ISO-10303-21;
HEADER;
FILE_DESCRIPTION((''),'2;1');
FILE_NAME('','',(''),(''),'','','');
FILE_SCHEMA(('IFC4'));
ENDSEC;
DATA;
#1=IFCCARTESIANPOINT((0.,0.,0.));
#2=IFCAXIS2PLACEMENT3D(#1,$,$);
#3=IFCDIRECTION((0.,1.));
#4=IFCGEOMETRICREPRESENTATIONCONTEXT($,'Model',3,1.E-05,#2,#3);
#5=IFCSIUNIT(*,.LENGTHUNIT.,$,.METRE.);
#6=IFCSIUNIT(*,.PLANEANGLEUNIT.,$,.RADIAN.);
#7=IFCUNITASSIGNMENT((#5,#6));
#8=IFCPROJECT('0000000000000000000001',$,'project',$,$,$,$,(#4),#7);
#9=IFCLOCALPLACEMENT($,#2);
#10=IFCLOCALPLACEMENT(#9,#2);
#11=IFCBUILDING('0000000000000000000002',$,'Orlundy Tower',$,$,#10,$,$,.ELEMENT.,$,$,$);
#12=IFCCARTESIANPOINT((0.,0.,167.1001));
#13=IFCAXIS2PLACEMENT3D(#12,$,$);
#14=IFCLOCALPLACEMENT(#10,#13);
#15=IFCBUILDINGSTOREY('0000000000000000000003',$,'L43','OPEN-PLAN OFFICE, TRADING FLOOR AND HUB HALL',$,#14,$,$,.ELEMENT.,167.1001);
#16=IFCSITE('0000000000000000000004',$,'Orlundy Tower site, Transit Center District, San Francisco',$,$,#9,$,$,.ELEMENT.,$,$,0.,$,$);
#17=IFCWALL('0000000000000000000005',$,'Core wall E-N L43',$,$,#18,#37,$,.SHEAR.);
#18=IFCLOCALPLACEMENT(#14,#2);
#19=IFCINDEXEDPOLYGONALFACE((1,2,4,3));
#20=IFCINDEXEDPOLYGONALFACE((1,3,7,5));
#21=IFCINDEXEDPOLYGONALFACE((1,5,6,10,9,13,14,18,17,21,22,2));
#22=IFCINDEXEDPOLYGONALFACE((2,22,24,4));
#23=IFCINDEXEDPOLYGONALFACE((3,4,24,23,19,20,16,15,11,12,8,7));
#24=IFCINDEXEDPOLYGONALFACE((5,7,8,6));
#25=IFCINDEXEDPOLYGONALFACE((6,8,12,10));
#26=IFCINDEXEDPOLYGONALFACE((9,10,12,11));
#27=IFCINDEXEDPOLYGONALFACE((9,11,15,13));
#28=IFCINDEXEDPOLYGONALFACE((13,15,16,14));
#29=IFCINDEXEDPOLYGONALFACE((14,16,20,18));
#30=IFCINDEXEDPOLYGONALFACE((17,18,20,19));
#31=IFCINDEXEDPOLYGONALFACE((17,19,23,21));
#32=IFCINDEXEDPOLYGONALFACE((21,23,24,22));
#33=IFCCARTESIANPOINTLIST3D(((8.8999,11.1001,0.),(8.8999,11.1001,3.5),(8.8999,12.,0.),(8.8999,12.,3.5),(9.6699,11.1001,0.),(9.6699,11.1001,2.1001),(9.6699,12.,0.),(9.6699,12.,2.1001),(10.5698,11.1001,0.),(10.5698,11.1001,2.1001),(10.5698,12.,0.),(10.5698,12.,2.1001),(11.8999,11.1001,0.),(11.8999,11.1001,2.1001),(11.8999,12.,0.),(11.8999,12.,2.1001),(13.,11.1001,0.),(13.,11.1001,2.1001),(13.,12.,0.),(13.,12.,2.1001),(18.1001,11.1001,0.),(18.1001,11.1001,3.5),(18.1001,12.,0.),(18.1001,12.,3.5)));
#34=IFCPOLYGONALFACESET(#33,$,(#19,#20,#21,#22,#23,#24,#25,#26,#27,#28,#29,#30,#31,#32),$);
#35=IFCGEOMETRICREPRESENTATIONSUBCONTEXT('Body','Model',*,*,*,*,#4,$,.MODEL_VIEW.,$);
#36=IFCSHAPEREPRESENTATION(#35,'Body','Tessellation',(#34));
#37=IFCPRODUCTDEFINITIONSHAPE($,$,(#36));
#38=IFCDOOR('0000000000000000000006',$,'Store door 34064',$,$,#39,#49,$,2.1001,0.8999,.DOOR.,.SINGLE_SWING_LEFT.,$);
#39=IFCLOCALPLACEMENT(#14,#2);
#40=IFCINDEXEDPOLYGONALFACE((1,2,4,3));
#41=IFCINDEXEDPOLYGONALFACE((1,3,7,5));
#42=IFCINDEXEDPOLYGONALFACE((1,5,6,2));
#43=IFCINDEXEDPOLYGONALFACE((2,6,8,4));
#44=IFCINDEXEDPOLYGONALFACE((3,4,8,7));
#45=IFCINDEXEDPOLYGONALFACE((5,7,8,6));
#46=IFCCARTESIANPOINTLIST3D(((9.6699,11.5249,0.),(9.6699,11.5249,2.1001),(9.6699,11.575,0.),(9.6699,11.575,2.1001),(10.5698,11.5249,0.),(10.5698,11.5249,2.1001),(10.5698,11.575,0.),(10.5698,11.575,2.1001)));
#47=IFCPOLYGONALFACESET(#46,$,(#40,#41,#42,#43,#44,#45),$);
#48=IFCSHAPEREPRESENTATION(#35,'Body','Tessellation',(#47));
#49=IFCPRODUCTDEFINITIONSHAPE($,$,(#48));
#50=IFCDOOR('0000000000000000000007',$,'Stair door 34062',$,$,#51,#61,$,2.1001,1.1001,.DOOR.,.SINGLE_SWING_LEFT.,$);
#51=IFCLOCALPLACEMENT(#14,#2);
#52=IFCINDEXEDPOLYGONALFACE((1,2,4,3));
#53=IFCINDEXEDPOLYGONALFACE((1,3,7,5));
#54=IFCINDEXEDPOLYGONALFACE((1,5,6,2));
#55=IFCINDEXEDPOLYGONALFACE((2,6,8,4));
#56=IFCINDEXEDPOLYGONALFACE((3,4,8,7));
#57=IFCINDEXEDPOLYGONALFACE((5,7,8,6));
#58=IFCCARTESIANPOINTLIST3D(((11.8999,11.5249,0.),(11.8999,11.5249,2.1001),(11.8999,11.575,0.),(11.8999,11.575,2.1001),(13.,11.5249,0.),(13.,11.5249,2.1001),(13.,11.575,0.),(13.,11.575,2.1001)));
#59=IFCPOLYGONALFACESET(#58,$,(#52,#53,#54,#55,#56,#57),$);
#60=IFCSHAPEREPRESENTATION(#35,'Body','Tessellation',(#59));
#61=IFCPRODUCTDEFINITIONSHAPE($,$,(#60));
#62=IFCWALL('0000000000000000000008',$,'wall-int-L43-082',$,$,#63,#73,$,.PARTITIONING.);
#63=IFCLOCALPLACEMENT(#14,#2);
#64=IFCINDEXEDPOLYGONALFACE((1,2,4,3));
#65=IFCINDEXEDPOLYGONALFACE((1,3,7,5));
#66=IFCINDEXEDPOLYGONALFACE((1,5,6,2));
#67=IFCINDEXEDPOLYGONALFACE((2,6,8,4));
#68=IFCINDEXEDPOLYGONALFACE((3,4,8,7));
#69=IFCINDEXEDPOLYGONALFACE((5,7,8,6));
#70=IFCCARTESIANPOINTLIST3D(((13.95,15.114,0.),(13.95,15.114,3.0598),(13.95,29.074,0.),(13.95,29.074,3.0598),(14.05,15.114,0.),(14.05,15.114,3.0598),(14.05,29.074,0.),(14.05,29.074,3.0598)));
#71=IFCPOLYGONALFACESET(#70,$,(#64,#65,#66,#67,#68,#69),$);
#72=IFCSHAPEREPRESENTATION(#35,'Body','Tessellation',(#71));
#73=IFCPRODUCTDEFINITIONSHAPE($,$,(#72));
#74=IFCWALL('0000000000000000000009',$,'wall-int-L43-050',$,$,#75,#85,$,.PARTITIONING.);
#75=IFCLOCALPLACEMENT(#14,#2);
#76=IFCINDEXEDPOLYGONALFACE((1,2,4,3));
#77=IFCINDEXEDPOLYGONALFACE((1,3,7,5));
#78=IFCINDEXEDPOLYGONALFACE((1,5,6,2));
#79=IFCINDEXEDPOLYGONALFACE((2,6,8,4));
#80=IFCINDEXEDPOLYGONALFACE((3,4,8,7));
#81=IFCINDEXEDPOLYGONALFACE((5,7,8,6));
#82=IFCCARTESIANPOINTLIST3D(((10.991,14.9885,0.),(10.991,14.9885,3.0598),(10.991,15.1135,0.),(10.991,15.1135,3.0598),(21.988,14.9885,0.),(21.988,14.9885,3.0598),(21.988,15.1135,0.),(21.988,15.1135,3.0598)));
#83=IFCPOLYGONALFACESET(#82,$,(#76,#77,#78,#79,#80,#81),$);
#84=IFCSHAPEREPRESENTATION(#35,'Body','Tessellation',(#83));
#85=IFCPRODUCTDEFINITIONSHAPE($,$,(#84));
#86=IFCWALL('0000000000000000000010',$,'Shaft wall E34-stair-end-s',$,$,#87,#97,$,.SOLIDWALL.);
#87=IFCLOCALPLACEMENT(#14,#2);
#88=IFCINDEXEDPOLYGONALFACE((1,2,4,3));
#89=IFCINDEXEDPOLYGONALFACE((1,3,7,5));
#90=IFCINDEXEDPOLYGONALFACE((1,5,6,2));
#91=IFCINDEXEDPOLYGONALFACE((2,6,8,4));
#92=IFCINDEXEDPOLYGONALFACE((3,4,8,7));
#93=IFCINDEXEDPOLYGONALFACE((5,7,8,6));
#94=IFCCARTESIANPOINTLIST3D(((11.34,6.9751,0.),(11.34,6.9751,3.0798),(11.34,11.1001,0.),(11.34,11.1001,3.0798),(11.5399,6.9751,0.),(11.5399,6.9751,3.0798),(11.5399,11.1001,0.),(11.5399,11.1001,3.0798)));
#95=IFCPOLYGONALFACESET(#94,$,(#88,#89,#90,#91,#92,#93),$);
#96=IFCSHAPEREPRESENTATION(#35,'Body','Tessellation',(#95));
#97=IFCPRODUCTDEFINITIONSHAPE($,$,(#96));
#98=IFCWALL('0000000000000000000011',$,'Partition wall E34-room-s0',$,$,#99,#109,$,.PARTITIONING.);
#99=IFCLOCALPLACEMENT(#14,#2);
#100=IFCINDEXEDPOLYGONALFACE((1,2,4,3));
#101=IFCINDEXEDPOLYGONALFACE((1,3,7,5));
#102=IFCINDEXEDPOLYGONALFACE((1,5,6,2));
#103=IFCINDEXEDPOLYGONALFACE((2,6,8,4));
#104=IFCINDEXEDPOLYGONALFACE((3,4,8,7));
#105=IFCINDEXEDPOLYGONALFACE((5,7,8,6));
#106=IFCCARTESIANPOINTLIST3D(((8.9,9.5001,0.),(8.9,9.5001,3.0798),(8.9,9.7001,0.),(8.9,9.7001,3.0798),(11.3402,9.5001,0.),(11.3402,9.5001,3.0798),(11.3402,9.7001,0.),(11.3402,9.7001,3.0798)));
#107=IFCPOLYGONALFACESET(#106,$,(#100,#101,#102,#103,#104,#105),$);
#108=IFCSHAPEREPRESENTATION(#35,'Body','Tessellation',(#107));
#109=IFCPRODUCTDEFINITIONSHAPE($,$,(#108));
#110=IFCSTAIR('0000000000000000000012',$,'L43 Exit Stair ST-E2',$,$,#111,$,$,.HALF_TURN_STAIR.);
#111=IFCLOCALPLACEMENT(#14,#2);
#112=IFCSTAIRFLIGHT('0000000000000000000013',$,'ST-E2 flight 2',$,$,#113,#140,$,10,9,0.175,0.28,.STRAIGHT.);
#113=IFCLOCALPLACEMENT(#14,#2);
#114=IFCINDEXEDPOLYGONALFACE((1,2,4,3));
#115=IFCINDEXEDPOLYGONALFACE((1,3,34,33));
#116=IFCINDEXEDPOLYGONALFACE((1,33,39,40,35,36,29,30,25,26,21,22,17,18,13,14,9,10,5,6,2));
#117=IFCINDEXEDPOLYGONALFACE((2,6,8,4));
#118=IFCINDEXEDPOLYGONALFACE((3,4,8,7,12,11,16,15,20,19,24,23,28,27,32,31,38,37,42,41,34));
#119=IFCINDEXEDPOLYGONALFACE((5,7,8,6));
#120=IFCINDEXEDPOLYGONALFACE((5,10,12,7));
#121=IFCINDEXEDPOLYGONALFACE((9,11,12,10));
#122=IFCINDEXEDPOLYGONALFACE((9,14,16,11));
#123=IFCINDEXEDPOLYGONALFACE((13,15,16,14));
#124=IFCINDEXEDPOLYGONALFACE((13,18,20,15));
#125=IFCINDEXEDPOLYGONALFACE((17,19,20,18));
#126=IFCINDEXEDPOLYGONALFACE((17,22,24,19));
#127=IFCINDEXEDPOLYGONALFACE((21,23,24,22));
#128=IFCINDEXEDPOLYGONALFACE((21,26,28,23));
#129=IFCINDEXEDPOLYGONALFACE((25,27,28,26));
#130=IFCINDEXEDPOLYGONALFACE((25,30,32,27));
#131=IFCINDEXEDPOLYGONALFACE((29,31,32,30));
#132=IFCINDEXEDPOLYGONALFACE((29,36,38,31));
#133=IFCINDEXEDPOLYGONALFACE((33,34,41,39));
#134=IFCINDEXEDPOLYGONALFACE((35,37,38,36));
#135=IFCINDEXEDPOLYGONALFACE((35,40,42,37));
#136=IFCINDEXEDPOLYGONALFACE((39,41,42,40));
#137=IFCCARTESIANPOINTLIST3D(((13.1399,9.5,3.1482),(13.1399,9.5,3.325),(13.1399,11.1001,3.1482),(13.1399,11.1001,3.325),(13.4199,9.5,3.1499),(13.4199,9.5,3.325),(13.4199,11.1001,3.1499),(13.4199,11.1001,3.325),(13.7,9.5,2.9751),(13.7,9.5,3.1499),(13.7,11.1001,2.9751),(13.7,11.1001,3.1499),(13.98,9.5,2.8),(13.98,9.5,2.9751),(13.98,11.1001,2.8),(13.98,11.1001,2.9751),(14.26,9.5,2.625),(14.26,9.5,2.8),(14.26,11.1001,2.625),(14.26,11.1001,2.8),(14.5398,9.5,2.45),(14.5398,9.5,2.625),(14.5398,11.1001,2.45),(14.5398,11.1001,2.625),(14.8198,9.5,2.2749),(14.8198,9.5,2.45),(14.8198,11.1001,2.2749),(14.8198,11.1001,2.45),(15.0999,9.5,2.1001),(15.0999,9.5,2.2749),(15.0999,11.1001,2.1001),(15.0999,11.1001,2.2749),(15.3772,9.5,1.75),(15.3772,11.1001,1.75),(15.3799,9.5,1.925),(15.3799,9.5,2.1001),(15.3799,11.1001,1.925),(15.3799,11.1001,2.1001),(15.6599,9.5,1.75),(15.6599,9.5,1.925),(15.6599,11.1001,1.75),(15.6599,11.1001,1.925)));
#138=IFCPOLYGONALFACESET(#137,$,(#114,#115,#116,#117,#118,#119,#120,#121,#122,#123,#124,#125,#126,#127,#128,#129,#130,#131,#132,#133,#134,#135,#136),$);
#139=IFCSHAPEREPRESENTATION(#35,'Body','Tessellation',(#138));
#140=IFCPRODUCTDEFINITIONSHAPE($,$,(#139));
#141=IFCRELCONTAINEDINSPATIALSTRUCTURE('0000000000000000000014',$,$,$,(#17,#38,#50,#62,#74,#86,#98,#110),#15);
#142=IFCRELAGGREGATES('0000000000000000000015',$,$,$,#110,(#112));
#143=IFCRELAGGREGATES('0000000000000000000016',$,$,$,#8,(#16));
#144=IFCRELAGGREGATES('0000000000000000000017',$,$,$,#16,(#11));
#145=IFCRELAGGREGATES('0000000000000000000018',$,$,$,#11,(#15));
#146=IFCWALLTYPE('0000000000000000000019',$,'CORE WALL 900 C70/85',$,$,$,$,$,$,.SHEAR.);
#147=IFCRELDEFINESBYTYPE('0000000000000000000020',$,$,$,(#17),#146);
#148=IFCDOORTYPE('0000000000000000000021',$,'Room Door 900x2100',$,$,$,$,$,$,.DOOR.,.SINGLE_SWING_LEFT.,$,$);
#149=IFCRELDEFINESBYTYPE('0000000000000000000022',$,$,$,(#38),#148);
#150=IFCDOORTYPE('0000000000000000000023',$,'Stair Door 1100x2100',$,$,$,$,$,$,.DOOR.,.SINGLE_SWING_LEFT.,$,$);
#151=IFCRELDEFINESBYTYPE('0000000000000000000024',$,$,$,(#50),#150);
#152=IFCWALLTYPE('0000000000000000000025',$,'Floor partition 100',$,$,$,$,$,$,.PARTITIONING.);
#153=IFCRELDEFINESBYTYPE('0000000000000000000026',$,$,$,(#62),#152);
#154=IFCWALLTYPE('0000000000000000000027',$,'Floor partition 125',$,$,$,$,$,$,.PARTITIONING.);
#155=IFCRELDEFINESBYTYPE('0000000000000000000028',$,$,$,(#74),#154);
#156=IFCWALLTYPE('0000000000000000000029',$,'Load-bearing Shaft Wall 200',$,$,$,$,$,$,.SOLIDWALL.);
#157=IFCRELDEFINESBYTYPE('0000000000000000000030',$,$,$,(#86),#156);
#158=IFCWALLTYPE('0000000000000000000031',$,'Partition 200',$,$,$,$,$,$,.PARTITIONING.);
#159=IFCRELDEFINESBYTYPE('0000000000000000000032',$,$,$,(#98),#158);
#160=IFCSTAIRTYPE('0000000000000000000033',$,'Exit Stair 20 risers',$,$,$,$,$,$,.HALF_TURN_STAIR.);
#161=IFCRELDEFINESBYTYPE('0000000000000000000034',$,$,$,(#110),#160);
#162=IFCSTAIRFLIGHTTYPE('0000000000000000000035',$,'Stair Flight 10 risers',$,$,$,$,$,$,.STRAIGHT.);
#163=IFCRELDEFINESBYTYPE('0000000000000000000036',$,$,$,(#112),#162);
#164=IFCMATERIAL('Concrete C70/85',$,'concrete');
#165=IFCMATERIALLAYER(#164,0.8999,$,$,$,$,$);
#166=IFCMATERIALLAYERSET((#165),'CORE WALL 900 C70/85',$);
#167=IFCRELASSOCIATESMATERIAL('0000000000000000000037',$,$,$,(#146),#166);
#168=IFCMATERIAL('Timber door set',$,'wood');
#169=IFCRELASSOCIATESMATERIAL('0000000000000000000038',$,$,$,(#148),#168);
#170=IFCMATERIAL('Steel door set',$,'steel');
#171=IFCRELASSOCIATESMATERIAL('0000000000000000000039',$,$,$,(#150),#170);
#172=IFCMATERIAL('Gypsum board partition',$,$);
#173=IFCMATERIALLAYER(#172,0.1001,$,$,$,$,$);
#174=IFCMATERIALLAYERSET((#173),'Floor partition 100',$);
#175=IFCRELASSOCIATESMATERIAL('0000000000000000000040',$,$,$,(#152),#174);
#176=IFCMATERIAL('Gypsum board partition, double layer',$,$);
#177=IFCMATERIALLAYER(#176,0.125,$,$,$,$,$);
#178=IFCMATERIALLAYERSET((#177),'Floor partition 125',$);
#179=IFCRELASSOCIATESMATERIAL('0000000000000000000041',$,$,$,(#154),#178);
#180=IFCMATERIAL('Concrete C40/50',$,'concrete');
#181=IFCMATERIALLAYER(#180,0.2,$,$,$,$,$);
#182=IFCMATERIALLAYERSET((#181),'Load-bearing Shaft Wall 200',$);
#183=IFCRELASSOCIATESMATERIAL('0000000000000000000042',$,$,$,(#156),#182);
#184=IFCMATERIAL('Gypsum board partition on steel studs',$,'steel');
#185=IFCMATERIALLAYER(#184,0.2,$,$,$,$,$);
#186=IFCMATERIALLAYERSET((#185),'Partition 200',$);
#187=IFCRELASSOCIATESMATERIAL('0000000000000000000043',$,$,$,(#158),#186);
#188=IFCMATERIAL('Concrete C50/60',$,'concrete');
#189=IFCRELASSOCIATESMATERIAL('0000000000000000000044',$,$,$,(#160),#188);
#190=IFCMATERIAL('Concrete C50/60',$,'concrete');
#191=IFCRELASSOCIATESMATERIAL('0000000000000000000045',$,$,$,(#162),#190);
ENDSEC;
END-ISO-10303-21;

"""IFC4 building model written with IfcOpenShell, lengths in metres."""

from ifc_helpers import new_model, si_unit, direction, frame, frame_2d, origin, place, context, subcontext, project, spatial, polyline, rectangle, outline, extrude, material, layer, layer_set, type_object, element, fill, aggregate, save


model = new_model("IFC4")

# Units and contexts
model_context = context("Model", 3, precision=1e-05, world=origin(), true_north=direction((0.0, 1.0)))
body_context = subcontext(model_context, "Body", "Model", "MODEL_VIEW")
ifc_project = project(units=[si_unit("LENGTHUNIT", "METRE"), si_unit("PLANEANGLEUNIT", "RADIAN")], contexts=[model_context])

# Site, building, storey
site_placement = place(None, origin())
site = spatial("IfcSite", under=ifc_project, at=site_placement, Name="Orlundy Tower site, Transit Center District, San Francisco", CompositionType="ELEMENT", RefElevation=0.0)
building_placement = place(site_placement, origin())
building = spatial("IfcBuilding", under=site, at=building_placement, Name="Orlundy Tower", CompositionType="ELEMENT")
storey_placement = place(building_placement, frame((0.0, 0.0, 167.1001)))
storey = spatial("IfcBuildingStorey", under=building, at=storey_placement, Name="L43", Description="OPEN-PLAN OFFICE, TRADING FLOOR AND HUB HALL", CompositionType="ELEMENT", Elevation=167.1001)

# Wall, openings, doors
ifc_material_1 = material(Name="Concrete C70/85", Category="concrete")
ifc_layer_1 = layer(ifc_material_1, 0.8999)
ifc_layer_set_1 = layer_set([ifc_layer_1], Name="CORE WALL 900 C70/85")
wall_type_1 = type_object("IfcWallType", Name="CORE WALL 900 C70/85", PredefinedType="SHEAR", material=ifc_layer_set_1)
wall_1_placement = place(storey_placement, frame((8.8999, 11.55, 0.0), z_axis=(0.0, 0.0, 1.0), x_axis=(1.0, 0.0, 0.0)))
wall_1 = element("IfcWall", 1, at=wall_1_placement, inside=storey, type_object=wall_type_1, Name="Core wall E-N L43", PredefinedType="SHEAR", context=body_context, shape_type="SweptSolid", body=[
    extrude(rectangle(XDim=9.2002, YDim=0.8999, at=frame_2d((4.6001, 0.0))), origin(), (0.0, 0.0, 1.0), 3.5),
])
opening_1_placement = place(wall_1_placement, frame((3.0, 0.0, 0.0)))
opening_1 = element("IfcOpeningElement", 2, at=opening_1_placement, cuts=wall_1, PredefinedType="OPENING", context=body_context, shape_type="SweptSolid", body=[
    extrude(rectangle(XDim=1.1001, YDim=2.1001, at=frame_2d((0.55, 1.05))), frame((0.0, 0.46, 0.0), z_axis=(0.0, -1.0, 0.0), x_axis=(1.0, 0.0, 0.0)), (0.0, 0.0, 1.0), 0.9199),
])
opening_2_placement = place(wall_1_placement, frame((0.77, 0.0, 0.0)))
opening_2 = element("IfcOpeningElement", 3, at=opening_2_placement, cuts=wall_1, PredefinedType="OPENING", context=body_context, shape_type="SweptSolid", body=[
    extrude(rectangle(XDim=0.8999, YDim=2.1001, at=frame_2d((0.45, 1.05))), frame((0.0, 0.46, 0.0), z_axis=(0.0, -1.0, 0.0), x_axis=(1.0, 0.0, 0.0)), (0.0, 0.0, 1.0), 0.9199),
])
ifc_material_2 = material(Name="Timber door set", Category="wood")
door_type_1 = type_object("IfcDoorType", Name="Room Door 900x2100", OperationType="SINGLE_SWING_LEFT", PredefinedType="DOOR", material=ifc_material_2)
door_1_placement = place(opening_2_placement, origin())
door_1 = element("IfcDoor", 4, at=door_1_placement, inside=storey, type_object=door_type_1, Name="Store door 34064", OperationType="SINGLE_SWING_LEFT", OverallHeight=2.1001, OverallWidth=0.8999, PredefinedType="DOOR", context=body_context, shape_type="SweptSolid", body=[
    extrude(rectangle(XDim=0.8999, YDim=2.1001, at=frame_2d((0.45, 1.05))), frame((0.0, 0.0249, 0.0), z_axis=(0.0, -1.0, 0.0), x_axis=(1.0, 0.0, 0.0)), (0.0, 0.0, 1.0), 0.05),
])
fill(opening_2, door_1)
ifc_material_3 = material(Name="Steel door set", Category="steel")
door_type_2 = type_object("IfcDoorType", Name="Stair Door 1100x2100", OperationType="SINGLE_SWING_LEFT", PredefinedType="DOOR", material=ifc_material_3)
door_2_placement = place(opening_1_placement, origin())
door_2 = element("IfcDoor", 5, at=door_2_placement, inside=storey, type_object=door_type_2, Name="Stair door 34062", OperationType="SINGLE_SWING_LEFT", OverallHeight=2.1001, OverallWidth=1.1001, PredefinedType="DOOR", context=body_context, shape_type="SweptSolid", body=[
    extrude(rectangle(XDim=1.1001, YDim=2.1001, at=frame_2d((0.55, 1.05))), frame((0.0, 0.0249, 0.0), z_axis=(0.0, -1.0, 0.0), x_axis=(1.0, 0.0, 0.0)), (0.0, 0.0, 1.0), 0.05),
])
fill(opening_1, door_2)

# Walls
ifc_material_4 = material(Name="Gypsum board partition")
ifc_layer_2 = layer(ifc_material_4, 0.1001)
ifc_layer_set_2 = layer_set([ifc_layer_2], Name="Floor partition 100")
wall_type_2 = type_object("IfcWallType", Name="Floor partition 100", PredefinedType="PARTITIONING", material=ifc_layer_set_2)
wall_2_placement = place(storey_placement, frame((14.0, 15.114, 0.0), z_axis=(0.0, 0.0, 1.0), x_axis=(0.0, 1.0, 0.0)))
element("IfcWall", 6, at=wall_2_placement, inside=storey, type_object=wall_type_2, Name="wall-int-L43-082", PredefinedType="PARTITIONING", context=body_context, shape_type="SweptSolid", body=[
    extrude(rectangle(XDim=13.96, YDim=0.1001, at=frame_2d((6.98, 0.0))), origin(), (0.0, 0.0, 1.0), 3.0598),
])
ifc_material_5 = material(Name="Gypsum board partition, double layer")
ifc_layer_3 = layer(ifc_material_5, 0.125)
ifc_layer_set_3 = layer_set([ifc_layer_3], Name="Floor partition 125")
wall_type_3 = type_object("IfcWallType", Name="Floor partition 125", PredefinedType="PARTITIONING", material=ifc_layer_set_3)
wall_3_placement = place(storey_placement, frame((10.991, 15.051, 0.0), z_axis=(0.0, 0.0, 1.0), x_axis=(1.0, 0.0, 0.0)))
element("IfcWall", 7, at=wall_3_placement, inside=storey, type_object=wall_type_3, Name="wall-int-L43-050", PredefinedType="PARTITIONING", context=body_context, shape_type="SweptSolid", body=[
    extrude(rectangle(XDim=10.9971, YDim=0.125, at=frame_2d((5.4985, 0.0))), origin(), (0.0, 0.0, 1.0), 3.0598),
])
ifc_material_6 = material(Name="Concrete C40/50", Category="concrete")
ifc_layer_4 = layer(ifc_material_6, 0.2)
ifc_layer_set_4 = layer_set([ifc_layer_4], Name="Load-bearing Shaft Wall 200")
wall_type_4 = type_object("IfcWallType", Name="Load-bearing Shaft Wall 200", PredefinedType="SOLIDWALL", material=ifc_layer_set_4)
wall_4_placement = place(storey_placement, frame((11.4399, 11.1001, 0.0), z_axis=(0.0, 0.0, 1.0), x_axis=(0.0, -1.0, 0.0)))
element("IfcWall", 8, at=wall_4_placement, inside=storey, type_object=wall_type_4, Name="Shaft wall E34-stair-end-s", PredefinedType="SOLIDWALL", context=body_context, shape_type="SweptSolid", body=[
    extrude(rectangle(XDim=4.125, YDim=0.2, at=frame_2d((2.0625, 0.0))), origin(), (0.0, 0.0, 1.0), 3.0798),
])
ifc_material_7 = material(Name="Gypsum board partition on steel studs", Category="steel")
ifc_layer_5 = layer(ifc_material_7, 0.2)
ifc_layer_set_5 = layer_set([ifc_layer_5], Name="Partition 200")
wall_type_5 = type_object("IfcWallType", Name="Partition 200", PredefinedType="PARTITIONING", material=ifc_layer_set_5)
wall_5_placement = place(storey_placement, frame((8.8999, 9.6001, 0.0), z_axis=(0.0, 0.0, 1.0), x_axis=(1.0, 0.0, 0.0)))
element("IfcWall", 9, at=wall_5_placement, inside=storey, type_object=wall_type_5, Name="Partition wall E34-room-s0", PredefinedType="PARTITIONING", context=body_context, shape_type="SweptSolid", body=[
    extrude(rectangle(XDim=2.4402, YDim=0.2, at=frame_2d((1.2202, 0.0))), origin(), (0.0, 0.0, 1.0), 3.0798),
])

# Stair, stair flight
ifc_material_8 = material(Name="Concrete C50/60", Category="concrete")
stair_type = type_object("IfcStairType", Name="Exit Stair 20 risers", PredefinedType="HALF_TURN_STAIR", material=ifc_material_8)
stair_placement = place(storey_placement, origin())
stair = element("IfcStair", 10, at=stair_placement, inside=storey, type_object=stair_type, Name="L43 Exit Stair ST-E2", PredefinedType="HALF_TURN_STAIR")
ifc_material_9 = material(Name="Concrete C50/60", Category="concrete")
stair_flight_type = type_object("IfcStairFlightType", Name="Stair Flight 10 risers", PredefinedType="STRAIGHT", material=ifc_material_9)
stair_flight_placement = place(storey_placement, frame((15.6599, 10.3, 1.75), z_axis=(0.0, 0.0, 1.0), x_axis=(-1.0, 0.0, 0.0)))
stair_flight = element("IfcStairFlight", 11, at=stair_flight_placement, type_object=stair_flight_type, Name="ST-E2 flight 2", NumberOfRisers=10, NumberOfTreads=9, PredefinedType="STRAIGHT", RiserHeight=0.175, TreadLength=0.28, context=body_context, shape_type="SweptSolid", body=[
    extrude(outline(polyline([(0.0, 0.0), (0.0, 0.175), (0.28, 0.175), (0.28, 0.3501), (0.5601, 0.3501), (0.5601, 0.5249), (0.8401, 0.5249), (0.8401, 0.7), (1.1201, 0.7), (1.1201, 0.875), (1.3999, 0.875), (1.3999, 1.05), (1.6799, 1.05), (1.6799, 1.2251), (1.96, 1.2251), (1.96, 1.3999), (2.24, 1.3999), (2.24, 1.575), (2.52, 1.575), (2.52, 1.75), (2.52, 1.3982), (0.2827, 0.0), (0.0, 0.0)])), frame((0.0, 0.8, 0.0), z_axis=(0.0, -1.0, 0.0), x_axis=(1.0, 0.0, 0.0)), (0.0, 0.0, 1.0), 1.6001),
])
aggregate(stair, [stair_flight])

save(model, "model.ifc")
